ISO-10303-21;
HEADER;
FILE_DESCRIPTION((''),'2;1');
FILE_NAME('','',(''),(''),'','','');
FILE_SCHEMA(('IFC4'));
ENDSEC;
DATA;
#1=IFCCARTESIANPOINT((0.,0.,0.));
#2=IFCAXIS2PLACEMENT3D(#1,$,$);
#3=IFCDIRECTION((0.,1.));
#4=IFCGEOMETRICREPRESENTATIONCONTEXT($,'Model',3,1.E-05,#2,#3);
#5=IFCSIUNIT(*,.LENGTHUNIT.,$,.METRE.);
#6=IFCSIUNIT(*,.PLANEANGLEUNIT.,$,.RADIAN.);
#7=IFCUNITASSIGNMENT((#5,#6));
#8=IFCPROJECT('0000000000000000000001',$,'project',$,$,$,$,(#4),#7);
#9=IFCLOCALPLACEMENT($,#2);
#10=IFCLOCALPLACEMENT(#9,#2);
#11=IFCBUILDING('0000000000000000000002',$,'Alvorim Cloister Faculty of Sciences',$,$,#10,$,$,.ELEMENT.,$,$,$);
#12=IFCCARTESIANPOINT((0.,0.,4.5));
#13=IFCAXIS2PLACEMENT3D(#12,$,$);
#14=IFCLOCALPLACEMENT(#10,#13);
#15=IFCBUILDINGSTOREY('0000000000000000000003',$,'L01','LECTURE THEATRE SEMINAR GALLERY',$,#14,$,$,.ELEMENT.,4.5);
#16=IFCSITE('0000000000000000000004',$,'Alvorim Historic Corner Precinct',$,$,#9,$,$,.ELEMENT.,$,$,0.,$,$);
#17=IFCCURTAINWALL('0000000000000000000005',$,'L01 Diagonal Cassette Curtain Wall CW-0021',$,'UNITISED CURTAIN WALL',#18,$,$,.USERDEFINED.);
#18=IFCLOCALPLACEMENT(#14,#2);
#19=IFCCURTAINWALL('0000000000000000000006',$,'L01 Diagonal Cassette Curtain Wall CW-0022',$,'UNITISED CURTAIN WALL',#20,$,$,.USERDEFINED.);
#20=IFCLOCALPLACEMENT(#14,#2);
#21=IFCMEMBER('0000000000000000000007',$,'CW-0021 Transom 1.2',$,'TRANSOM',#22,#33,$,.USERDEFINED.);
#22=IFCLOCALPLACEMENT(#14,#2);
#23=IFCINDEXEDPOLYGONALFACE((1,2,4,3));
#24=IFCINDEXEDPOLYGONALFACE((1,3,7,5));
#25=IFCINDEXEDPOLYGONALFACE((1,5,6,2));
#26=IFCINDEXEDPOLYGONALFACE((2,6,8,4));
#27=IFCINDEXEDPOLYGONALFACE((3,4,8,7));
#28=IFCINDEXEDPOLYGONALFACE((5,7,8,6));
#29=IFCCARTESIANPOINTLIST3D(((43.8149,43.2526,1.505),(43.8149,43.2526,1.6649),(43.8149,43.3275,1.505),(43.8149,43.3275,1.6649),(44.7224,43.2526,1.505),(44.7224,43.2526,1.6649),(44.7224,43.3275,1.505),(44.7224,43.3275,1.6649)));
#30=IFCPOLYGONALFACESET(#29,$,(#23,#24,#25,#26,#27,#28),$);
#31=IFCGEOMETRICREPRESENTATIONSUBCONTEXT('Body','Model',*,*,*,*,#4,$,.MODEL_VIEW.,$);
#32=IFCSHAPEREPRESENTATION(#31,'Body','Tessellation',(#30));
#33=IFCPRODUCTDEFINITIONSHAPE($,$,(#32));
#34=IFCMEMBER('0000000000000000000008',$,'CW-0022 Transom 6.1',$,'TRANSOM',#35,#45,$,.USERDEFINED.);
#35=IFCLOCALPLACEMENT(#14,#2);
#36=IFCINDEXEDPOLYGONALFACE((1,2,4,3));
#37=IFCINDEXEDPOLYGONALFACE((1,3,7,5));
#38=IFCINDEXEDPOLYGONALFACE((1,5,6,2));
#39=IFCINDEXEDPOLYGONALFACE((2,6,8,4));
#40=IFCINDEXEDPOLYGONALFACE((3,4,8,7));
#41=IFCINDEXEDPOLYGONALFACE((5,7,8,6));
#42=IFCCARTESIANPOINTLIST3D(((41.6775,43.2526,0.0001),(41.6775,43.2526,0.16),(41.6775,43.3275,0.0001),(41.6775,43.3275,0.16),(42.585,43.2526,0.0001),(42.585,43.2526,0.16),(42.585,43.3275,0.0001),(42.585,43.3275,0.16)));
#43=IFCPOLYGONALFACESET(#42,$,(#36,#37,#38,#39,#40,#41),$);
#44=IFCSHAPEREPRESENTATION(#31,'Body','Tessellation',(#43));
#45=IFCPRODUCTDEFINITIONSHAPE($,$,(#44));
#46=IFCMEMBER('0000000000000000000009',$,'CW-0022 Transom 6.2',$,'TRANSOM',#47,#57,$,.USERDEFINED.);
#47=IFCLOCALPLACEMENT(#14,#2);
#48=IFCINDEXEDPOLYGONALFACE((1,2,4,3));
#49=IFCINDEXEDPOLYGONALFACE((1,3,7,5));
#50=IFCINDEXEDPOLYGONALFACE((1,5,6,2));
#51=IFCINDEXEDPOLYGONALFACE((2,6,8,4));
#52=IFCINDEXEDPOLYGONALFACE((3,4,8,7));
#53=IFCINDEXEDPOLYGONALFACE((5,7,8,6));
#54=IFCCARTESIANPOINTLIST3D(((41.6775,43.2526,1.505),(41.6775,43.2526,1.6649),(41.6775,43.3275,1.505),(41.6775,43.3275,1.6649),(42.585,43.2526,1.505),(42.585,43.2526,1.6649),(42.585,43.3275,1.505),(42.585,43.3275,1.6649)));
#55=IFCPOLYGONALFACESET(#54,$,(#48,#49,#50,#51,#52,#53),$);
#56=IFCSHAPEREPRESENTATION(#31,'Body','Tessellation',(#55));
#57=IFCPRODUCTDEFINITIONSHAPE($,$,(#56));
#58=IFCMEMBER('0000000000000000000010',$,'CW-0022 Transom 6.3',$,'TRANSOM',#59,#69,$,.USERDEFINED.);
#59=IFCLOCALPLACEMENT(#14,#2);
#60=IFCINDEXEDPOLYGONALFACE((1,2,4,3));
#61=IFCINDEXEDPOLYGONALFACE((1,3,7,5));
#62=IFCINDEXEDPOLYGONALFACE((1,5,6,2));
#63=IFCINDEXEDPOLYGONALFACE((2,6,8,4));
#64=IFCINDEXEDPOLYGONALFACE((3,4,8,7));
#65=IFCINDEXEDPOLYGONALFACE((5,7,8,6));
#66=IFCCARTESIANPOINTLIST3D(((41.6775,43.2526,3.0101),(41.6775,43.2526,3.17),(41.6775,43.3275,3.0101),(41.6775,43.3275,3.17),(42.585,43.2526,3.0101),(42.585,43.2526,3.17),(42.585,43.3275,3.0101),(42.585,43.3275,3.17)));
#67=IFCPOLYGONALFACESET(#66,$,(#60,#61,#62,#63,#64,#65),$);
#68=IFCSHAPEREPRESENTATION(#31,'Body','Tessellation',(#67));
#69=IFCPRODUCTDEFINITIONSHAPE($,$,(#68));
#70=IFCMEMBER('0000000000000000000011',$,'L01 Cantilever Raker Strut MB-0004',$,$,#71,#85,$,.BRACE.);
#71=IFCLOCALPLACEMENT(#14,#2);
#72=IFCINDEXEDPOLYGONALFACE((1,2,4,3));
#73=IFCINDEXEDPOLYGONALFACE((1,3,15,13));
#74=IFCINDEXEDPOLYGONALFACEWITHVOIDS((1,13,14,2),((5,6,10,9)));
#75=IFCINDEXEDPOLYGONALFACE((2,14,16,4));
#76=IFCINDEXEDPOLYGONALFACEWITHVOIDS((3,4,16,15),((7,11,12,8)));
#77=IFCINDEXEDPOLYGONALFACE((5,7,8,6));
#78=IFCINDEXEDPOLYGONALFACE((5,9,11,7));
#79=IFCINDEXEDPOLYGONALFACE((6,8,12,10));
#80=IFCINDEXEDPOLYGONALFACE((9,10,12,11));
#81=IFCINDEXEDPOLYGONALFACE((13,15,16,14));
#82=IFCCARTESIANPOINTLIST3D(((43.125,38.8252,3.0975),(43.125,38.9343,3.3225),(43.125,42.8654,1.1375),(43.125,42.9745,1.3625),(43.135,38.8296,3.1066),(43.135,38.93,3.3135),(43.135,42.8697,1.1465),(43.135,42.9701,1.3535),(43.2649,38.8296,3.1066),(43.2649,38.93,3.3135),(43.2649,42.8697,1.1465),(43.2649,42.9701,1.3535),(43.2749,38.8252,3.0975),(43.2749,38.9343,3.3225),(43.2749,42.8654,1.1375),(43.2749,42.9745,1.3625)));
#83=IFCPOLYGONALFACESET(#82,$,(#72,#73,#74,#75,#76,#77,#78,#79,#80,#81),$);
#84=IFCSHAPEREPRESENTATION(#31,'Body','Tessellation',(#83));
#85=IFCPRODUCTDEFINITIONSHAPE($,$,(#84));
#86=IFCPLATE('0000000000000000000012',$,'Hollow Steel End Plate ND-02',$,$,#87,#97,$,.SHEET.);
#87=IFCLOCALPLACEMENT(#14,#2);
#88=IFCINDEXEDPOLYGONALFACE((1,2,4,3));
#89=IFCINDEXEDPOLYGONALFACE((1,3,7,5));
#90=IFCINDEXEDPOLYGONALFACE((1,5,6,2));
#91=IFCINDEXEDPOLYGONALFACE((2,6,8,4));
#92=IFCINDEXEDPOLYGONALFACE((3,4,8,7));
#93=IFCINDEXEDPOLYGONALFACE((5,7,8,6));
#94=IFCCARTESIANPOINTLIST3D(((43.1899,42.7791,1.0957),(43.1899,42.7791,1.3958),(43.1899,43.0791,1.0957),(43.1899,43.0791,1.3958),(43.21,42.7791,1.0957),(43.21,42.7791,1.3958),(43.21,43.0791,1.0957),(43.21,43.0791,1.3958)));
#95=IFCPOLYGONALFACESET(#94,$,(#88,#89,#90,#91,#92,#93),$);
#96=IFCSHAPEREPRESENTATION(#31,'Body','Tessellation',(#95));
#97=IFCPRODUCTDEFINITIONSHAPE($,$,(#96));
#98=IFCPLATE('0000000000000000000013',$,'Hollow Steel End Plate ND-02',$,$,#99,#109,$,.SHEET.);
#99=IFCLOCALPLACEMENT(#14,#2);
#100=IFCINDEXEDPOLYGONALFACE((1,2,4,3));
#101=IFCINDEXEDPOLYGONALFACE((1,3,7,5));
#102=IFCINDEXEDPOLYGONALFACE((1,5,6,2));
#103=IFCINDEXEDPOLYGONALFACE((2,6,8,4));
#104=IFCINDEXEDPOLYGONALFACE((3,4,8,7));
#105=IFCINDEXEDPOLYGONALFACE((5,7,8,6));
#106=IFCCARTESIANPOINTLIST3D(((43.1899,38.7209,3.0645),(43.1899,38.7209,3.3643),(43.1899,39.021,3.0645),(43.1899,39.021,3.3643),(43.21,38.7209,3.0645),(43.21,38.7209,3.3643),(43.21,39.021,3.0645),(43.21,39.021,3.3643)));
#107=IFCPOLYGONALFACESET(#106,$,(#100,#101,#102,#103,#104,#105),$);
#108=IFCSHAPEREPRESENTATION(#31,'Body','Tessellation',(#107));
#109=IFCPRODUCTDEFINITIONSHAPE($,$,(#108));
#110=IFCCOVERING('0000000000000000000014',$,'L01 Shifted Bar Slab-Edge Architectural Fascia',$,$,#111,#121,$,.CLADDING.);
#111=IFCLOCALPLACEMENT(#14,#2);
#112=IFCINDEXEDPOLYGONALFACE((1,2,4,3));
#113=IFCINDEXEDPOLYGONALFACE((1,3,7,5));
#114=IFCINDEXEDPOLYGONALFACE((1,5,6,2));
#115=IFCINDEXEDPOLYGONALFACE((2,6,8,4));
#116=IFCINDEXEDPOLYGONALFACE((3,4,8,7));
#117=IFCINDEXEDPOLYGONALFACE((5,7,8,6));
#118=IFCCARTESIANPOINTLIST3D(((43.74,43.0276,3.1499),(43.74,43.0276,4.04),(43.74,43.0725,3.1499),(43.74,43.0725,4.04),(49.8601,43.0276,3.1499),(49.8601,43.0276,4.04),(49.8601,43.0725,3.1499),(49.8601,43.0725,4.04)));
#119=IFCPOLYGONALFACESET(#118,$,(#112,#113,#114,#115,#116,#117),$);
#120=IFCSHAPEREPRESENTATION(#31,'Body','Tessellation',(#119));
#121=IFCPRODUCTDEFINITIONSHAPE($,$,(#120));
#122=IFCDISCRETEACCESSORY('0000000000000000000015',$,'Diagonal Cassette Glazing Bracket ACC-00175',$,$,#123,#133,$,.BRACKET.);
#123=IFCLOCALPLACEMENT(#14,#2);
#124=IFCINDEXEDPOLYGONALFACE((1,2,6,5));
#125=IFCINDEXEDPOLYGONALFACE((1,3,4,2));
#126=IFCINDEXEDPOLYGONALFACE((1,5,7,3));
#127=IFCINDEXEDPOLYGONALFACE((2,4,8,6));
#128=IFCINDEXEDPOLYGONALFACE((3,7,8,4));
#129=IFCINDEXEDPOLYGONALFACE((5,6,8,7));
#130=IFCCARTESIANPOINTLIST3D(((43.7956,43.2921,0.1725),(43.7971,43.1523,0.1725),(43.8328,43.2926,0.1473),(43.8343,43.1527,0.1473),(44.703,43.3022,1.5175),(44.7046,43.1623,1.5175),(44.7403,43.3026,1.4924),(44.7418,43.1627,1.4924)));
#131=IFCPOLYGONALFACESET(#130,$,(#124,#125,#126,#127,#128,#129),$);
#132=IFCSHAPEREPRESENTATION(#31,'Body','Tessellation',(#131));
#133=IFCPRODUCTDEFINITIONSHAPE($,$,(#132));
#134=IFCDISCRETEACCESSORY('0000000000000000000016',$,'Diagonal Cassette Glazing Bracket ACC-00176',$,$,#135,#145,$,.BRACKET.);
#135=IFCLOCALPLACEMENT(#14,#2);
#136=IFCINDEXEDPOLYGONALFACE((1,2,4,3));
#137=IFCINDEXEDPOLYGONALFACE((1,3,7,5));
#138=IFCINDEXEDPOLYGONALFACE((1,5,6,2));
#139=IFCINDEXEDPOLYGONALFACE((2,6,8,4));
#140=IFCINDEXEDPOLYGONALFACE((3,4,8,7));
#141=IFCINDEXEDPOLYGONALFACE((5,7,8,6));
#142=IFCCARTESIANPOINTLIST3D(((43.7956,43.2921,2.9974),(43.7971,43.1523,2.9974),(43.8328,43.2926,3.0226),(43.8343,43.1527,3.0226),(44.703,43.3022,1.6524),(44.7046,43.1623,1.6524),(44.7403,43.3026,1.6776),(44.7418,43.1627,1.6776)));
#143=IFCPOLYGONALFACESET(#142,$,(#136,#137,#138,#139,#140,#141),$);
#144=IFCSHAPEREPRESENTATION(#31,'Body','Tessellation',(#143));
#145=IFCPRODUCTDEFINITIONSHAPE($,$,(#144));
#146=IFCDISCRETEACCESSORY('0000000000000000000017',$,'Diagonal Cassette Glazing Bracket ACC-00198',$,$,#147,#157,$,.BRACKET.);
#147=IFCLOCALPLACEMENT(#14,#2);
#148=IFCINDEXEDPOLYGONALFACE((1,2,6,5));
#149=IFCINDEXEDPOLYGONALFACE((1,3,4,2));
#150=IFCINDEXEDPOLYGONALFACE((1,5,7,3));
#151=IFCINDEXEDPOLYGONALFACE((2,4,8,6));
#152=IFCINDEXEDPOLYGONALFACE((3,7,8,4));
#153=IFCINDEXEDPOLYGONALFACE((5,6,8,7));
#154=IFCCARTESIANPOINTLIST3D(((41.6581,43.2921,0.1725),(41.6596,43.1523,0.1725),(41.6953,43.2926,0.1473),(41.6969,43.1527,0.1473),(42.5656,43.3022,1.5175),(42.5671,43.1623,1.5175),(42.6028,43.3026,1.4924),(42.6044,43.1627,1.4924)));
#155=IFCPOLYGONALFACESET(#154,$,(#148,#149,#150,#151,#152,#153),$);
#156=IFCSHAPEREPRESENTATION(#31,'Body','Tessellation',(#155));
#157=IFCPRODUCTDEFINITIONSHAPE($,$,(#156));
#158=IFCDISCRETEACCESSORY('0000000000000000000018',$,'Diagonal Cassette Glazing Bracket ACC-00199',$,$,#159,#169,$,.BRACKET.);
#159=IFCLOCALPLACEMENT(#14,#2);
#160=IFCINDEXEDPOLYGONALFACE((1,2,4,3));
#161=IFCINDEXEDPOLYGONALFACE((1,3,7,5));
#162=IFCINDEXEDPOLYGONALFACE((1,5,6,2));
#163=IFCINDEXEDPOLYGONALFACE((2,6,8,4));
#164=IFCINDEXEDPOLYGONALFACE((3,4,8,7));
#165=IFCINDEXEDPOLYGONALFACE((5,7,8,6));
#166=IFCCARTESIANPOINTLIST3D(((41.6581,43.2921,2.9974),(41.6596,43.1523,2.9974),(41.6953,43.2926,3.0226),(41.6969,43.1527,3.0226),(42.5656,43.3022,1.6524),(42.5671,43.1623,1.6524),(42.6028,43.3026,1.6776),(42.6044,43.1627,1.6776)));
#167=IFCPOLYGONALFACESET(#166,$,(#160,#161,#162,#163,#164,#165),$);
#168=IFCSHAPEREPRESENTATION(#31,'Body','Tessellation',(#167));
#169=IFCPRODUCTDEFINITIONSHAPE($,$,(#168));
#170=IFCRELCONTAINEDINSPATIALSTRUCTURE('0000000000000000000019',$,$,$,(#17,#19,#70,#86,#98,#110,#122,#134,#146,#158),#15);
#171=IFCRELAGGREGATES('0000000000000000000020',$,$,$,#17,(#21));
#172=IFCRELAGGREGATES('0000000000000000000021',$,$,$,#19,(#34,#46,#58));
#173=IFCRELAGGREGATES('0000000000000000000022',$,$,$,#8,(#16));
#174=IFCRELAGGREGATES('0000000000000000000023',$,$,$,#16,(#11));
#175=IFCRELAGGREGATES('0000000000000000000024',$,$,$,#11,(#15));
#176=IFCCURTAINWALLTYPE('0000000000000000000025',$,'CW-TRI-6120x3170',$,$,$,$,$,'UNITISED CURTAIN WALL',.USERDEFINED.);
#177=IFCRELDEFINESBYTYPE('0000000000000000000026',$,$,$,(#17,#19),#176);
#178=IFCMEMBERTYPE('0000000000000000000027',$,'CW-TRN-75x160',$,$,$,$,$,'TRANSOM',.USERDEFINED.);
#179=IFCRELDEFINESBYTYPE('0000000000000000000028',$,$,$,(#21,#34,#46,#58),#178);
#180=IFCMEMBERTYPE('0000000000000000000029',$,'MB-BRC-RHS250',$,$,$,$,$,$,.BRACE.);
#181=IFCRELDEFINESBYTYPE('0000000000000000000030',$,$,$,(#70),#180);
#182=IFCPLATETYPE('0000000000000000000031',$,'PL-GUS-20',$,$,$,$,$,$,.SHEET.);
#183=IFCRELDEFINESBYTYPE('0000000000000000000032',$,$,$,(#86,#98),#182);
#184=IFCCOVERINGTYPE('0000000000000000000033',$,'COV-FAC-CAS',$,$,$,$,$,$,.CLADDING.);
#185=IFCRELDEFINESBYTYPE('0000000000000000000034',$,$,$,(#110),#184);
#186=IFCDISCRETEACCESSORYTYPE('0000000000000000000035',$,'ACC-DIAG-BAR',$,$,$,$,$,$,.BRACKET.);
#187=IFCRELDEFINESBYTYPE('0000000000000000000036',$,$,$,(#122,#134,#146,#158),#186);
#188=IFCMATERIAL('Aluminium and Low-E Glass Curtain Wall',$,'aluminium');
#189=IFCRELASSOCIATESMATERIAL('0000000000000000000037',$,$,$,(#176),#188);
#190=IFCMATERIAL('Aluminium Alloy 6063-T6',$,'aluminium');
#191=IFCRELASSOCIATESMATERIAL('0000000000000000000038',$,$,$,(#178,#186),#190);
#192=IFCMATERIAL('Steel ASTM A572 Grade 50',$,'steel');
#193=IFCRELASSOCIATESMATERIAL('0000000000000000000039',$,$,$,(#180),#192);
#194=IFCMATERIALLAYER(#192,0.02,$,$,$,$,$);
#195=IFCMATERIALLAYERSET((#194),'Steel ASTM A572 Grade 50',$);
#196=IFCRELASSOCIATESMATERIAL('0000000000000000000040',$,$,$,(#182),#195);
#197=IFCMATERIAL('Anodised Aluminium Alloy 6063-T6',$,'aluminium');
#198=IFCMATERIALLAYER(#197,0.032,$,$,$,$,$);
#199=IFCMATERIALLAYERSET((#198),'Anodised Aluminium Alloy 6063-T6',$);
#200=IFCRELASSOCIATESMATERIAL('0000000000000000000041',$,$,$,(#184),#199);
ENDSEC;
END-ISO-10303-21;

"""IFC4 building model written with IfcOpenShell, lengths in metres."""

from ifc_helpers import new_model, si_unit, direction, frame, origin, origin_2d, place, context, subcontext, project, spatial, polyline, rectangle, hollow_rectangle, outline, extrude, material, layer, layer_set, material_profile, profile_set, type_object, element, aggregate, save


model = new_model("IFC4")

# Units and contexts
model_context = context("Model", 3, precision=1e-05, world=origin(), true_north=direction((0.0, 1.0)))
body_context = subcontext(model_context, "Body", "Model", "MODEL_VIEW")
ifc_project = project(units=[si_unit("LENGTHUNIT", "METRE"), si_unit("PLANEANGLEUNIT", "RADIAN")], contexts=[model_context])

# Site, building, storey
site_placement = place(None, origin())
site = spatial("IfcSite", under=ifc_project, at=site_placement, Name="Alvorim Historic Corner Precinct", CompositionType="ELEMENT", RefElevation=0.0)
building_placement = place(site_placement, origin())
building = spatial("IfcBuilding", under=site, at=building_placement, Name="Alvorim Cloister Faculty of Sciences", CompositionType="ELEMENT")
storey_placement = place(building_placement, frame((0.0, 0.0, 4.5)))
storey = spatial("IfcBuildingStorey", under=building, at=storey_placement, Name="L01", Description="LECTURE THEATRE SEMINAR GALLERY", CompositionType="ELEMENT", Elevation=4.5)

# Shared definitions
ifc_material_1 = material(Name="Steel ASTM A572 Grade 50", Category="steel")

# Curtain wall
ifc_material_2 = material(Name="Aluminium and Low-E Glass Curtain Wall", Category="aluminium")
curtain_wall_type = type_object("IfcCurtainWallType", Name="CW-TRI-6120x3170", ElementType="UNITISED CURTAIN WALL", PredefinedType="USERDEFINED", material=ifc_material_2)
curtain_wall_1_placement = place(storey_placement, origin())
curtain_wall_1 = element("IfcCurtainWall", 1, at=curtain_wall_1_placement, inside=storey, type_object=curtain_wall_type, Name="L01 Diagonal Cassette Curtain Wall CW-0021", ObjectType="UNITISED CURTAIN WALL", PredefinedType="USERDEFINED")
ifc_material_3 = material(Name="Aluminium Alloy 6063-T6", Category="aluminium")

# Curtain wall
curtain_wall_2_placement = place(storey_placement, origin())
curtain_wall_2 = element("IfcCurtainWall", 2, at=curtain_wall_2_placement, inside=storey, type_object=curtain_wall_type, Name="L01 Diagonal Cassette Curtain Wall CW-0022", ObjectType="UNITISED CURTAIN WALL", PredefinedType="USERDEFINED")

# Members
ifc_material_profile_1 = material_profile(ifc_material_3, rectangle(XDim=0.075, YDim=0.1599, at=origin_2d()), Name="ALU-TRN-75x160")
ifc_profile_set_1 = profile_set([ifc_material_profile_1], Name="Aluminium Alloy 6063-T6")
member_type_1 = type_object("IfcMemberType", Name="CW-TRN-75x160", ElementType="TRANSOM", PredefinedType="USERDEFINED", material=ifc_profile_set_1)
member_1_placement = place(storey_placement, frame((43.8149, 43.29, 1.585), z_axis=(1.0, 0.0, 0.0), x_axis=(0.0, 1.0, 0.0)))
member_1 = element("IfcMember", 3, at=member_1_placement, type_object=member_type_1, Name="CW-0021 Transom 1.2", ObjectType="TRANSOM", PredefinedType="USERDEFINED", context=body_context, shape_type="SweptSolid", body=[
    extrude(rectangle(XDim=0.075, YDim=0.1599, at=origin_2d()), origin(), (0.0, 0.0, 1.0), 0.9075),
])
member_2_placement = place(storey_placement, frame((41.6775, 43.29, 0.0801), z_axis=(1.0, 0.0, 0.0), x_axis=(0.0, 1.0, 0.0)))
member_2 = element("IfcMember", 4, at=member_2_placement, type_object=member_type_1, Name="CW-0022 Transom 6.1", ObjectType="TRANSOM", PredefinedType="USERDEFINED", context=body_context, shape_type="SweptSolid", body=[
    extrude(rectangle(XDim=0.075, YDim=0.1599, at=origin_2d()), origin(), (0.0, 0.0, 1.0), 0.9075),
])
member_3_placement = place(storey_placement, frame((41.6775, 43.29, 1.585), z_axis=(1.0, 0.0, 0.0), x_axis=(0.0, 1.0, 0.0)))
member_3 = element("IfcMember", 5, at=member_3_placement, type_object=member_type_1, Name="CW-0022 Transom 6.2", ObjectType="TRANSOM", PredefinedType="USERDEFINED", context=body_context, shape_type="SweptSolid", body=[
    extrude(rectangle(XDim=0.075, YDim=0.1599, at=origin_2d()), origin(), (0.0, 0.0, 1.0), 0.9075),
])
member_4_placement = place(storey_placement, frame((41.6775, 43.29, 3.0901), z_axis=(1.0, 0.0, 0.0), x_axis=(0.0, 1.0, 0.0)))
member_4 = element("IfcMember", 6, at=member_4_placement, type_object=member_type_1, Name="CW-0022 Transom 6.3", ObjectType="TRANSOM", PredefinedType="USERDEFINED", context=body_context, shape_type="SweptSolid", body=[
    extrude(rectangle(XDim=0.075, YDim=0.1599, at=origin_2d()), origin(), (0.0, 0.0, 1.0), 0.9075),
])
ifc_material_profile_2 = material_profile(ifc_material_1, hollow_rectangle(XDim=0.1499, YDim=0.25, WallThickness=0.01, at=origin_2d()), Name="RHS250x150x10")
ifc_profile_set_2 = profile_set([ifc_material_profile_2], Name="Steel ASTM A572 Grade 50")
member_type_2 = type_object("IfcMemberType", Name="MB-BRC-RHS250", PredefinedType="BRACE", material=ifc_profile_set_2)
member_5_placement = place(storey_placement, frame((43.2, 42.9199, 1.25), z_axis=(0.0, -0.899713, 0.436482), x_axis=(1.0, 0.0, 0.0)))
element("IfcMember", 7, at=member_5_placement, inside=storey, type_object=member_type_2, Name="L01 Cantilever Raker Strut MB-0004", PredefinedType="BRACE", context=body_context, shape_type="SweptSolid", body=[
    extrude(hollow_rectangle(XDim=0.1499, YDim=0.25, WallThickness=0.01, at=origin_2d()), origin(), (0.0, 0.0, 1.0), 4.4905),
])

# Plates
ifc_layer_1 = layer(ifc_material_1, 0.02)
ifc_layer_set_1 = layer_set([ifc_layer_1], Name="Steel ASTM A572 Grade 50")
plate_type_1 = type_object("IfcPlateType", Name="PL-GUS-20", PredefinedType="SHEET", material=ifc_layer_set_1)
plate_1_placement = place(storey_placement, frame((43.2, 43.0791, 1.0957), z_axis=(0.0, 0.0, 1.0), x_axis=(0.0, -1.0, 0.0)))
element("IfcPlate", 8, at=plate_1_placement, inside=storey, type_object=plate_type_1, Name="Hollow Steel End Plate ND-02", PredefinedType="SHEET", context=body_context, shape_type="SweptSolid", body=[
    extrude(outline(polyline([(0.0, 0.0), (0.3, 0.0), (0.3, 0.3), (0.0, 0.3), (0.0, 0.0)])), frame((0.0, 0.01, 0.0), z_axis=(0.0, -1.0, 0.0), x_axis=(1.0, 0.0, 0.0)), (0.0, 0.0, 1.0), 0.02),
])
plate_2_placement = place(storey_placement, frame((43.2, 39.021, 3.0645), z_axis=(0.0, 0.0, 1.0), x_axis=(0.0, -1.0, 0.0)))
element("IfcPlate", 9, at=plate_2_placement, inside=storey, type_object=plate_type_1, Name="Hollow Steel End Plate ND-02", PredefinedType="SHEET", context=body_context, shape_type="SweptSolid", body=[
    extrude(outline(polyline([(0.0, 0.0), (0.3, 0.0), (0.3, 0.2998), (0.0, 0.2998), (0.0, 0.0)])), frame((0.0, 0.01, 0.0), z_axis=(0.0, -1.0, 0.0), x_axis=(1.0, 0.0, 0.0)), (0.0, 0.0, 1.0), 0.02),
])

aggregate(curtain_wall_1, [member_1])
aggregate(curtain_wall_2, [member_2, member_3, member_4])

# Covering
ifc_material_4 = material(Name="Anodised Aluminium Alloy 6063-T6", Category="aluminium")
ifc_layer_2 = layer(ifc_material_4, 0.032)
ifc_layer_set_2 = layer_set([ifc_layer_2], Name="Anodised Aluminium Alloy 6063-T6")
covering_type = type_object("IfcCoveringType", Name="COV-FAC-CAS", PredefinedType="CLADDING", material=ifc_layer_set_2)
covering_placement = place(storey_placement, frame((43.74, 43.05, 3.1499), z_axis=(0.0, 0.0, 1.0), x_axis=(1.0, 0.0, 0.0)))
element("IfcCovering", 10, at=covering_placement, inside=storey, type_object=covering_type, Name="L01 Shifted Bar Slab-Edge Architectural Fascia", PredefinedType="CLADDING", context=body_context, shape_type="SweptSolid", body=[
    extrude(outline(polyline([(0.0, 0.0), (6.1201, 0.0), (6.1201, 0.8901), (0.0, 0.8901), (0.0, 0.0)])), frame((0.0, 0.0225, 0.0), z_axis=(0.0, -1.0, 0.0), x_axis=(1.0, 0.0, 0.0)), (0.0, 0.0, 1.0), 0.0449),
])

# Discrete accessories
discrete_accessory_type = type_object("IfcDiscreteAccessoryType", Name="ACC-DIAG-BAR", PredefinedType="BRACKET", material=ifc_material_3)
for number, where, z_axis, x_axis, name in (
    (11, (43.8149, 43.2224, 0.1599), (0.559299, 0.006169, 0.828943), (-0.01103, 0.999939, 0.0), "Diagonal Cassette Glazing Bracket ACC-00175"),
    (12, (43.8149, 43.2224, 3.01), (0.559299, 0.006169, -0.828943), (-0.01103, 0.999939, 0.0), "Diagonal Cassette Glazing Bracket ACC-00176"),
    (13, (41.6775, 43.2224, 0.1599), (0.559299, 0.006169, 0.828943), (-0.01103, 0.999939, 0.0), "Diagonal Cassette Glazing Bracket ACC-00198"),
    (14, (41.6775, 43.2224, 3.01), (0.559299, 0.006169, -0.828943), (-0.01103, 0.999939, 0.0), "Diagonal Cassette Glazing Bracket ACC-00199"),
):
    element("IfcDiscreteAccessory", number, at=place(storey_placement, frame(where, z_axis=z_axis, x_axis=x_axis)), inside=storey, type_object=discrete_accessory_type, Name=name, PredefinedType="BRACKET", context=body_context, shape_type="SweptSolid", body=[
        extrude(rectangle(XDim=0.1399, YDim=0.0449, at=origin_2d()), origin(), (0.0, 0.0, 1.0), 1.6226),
    ])

save(model, "model.ifc")
